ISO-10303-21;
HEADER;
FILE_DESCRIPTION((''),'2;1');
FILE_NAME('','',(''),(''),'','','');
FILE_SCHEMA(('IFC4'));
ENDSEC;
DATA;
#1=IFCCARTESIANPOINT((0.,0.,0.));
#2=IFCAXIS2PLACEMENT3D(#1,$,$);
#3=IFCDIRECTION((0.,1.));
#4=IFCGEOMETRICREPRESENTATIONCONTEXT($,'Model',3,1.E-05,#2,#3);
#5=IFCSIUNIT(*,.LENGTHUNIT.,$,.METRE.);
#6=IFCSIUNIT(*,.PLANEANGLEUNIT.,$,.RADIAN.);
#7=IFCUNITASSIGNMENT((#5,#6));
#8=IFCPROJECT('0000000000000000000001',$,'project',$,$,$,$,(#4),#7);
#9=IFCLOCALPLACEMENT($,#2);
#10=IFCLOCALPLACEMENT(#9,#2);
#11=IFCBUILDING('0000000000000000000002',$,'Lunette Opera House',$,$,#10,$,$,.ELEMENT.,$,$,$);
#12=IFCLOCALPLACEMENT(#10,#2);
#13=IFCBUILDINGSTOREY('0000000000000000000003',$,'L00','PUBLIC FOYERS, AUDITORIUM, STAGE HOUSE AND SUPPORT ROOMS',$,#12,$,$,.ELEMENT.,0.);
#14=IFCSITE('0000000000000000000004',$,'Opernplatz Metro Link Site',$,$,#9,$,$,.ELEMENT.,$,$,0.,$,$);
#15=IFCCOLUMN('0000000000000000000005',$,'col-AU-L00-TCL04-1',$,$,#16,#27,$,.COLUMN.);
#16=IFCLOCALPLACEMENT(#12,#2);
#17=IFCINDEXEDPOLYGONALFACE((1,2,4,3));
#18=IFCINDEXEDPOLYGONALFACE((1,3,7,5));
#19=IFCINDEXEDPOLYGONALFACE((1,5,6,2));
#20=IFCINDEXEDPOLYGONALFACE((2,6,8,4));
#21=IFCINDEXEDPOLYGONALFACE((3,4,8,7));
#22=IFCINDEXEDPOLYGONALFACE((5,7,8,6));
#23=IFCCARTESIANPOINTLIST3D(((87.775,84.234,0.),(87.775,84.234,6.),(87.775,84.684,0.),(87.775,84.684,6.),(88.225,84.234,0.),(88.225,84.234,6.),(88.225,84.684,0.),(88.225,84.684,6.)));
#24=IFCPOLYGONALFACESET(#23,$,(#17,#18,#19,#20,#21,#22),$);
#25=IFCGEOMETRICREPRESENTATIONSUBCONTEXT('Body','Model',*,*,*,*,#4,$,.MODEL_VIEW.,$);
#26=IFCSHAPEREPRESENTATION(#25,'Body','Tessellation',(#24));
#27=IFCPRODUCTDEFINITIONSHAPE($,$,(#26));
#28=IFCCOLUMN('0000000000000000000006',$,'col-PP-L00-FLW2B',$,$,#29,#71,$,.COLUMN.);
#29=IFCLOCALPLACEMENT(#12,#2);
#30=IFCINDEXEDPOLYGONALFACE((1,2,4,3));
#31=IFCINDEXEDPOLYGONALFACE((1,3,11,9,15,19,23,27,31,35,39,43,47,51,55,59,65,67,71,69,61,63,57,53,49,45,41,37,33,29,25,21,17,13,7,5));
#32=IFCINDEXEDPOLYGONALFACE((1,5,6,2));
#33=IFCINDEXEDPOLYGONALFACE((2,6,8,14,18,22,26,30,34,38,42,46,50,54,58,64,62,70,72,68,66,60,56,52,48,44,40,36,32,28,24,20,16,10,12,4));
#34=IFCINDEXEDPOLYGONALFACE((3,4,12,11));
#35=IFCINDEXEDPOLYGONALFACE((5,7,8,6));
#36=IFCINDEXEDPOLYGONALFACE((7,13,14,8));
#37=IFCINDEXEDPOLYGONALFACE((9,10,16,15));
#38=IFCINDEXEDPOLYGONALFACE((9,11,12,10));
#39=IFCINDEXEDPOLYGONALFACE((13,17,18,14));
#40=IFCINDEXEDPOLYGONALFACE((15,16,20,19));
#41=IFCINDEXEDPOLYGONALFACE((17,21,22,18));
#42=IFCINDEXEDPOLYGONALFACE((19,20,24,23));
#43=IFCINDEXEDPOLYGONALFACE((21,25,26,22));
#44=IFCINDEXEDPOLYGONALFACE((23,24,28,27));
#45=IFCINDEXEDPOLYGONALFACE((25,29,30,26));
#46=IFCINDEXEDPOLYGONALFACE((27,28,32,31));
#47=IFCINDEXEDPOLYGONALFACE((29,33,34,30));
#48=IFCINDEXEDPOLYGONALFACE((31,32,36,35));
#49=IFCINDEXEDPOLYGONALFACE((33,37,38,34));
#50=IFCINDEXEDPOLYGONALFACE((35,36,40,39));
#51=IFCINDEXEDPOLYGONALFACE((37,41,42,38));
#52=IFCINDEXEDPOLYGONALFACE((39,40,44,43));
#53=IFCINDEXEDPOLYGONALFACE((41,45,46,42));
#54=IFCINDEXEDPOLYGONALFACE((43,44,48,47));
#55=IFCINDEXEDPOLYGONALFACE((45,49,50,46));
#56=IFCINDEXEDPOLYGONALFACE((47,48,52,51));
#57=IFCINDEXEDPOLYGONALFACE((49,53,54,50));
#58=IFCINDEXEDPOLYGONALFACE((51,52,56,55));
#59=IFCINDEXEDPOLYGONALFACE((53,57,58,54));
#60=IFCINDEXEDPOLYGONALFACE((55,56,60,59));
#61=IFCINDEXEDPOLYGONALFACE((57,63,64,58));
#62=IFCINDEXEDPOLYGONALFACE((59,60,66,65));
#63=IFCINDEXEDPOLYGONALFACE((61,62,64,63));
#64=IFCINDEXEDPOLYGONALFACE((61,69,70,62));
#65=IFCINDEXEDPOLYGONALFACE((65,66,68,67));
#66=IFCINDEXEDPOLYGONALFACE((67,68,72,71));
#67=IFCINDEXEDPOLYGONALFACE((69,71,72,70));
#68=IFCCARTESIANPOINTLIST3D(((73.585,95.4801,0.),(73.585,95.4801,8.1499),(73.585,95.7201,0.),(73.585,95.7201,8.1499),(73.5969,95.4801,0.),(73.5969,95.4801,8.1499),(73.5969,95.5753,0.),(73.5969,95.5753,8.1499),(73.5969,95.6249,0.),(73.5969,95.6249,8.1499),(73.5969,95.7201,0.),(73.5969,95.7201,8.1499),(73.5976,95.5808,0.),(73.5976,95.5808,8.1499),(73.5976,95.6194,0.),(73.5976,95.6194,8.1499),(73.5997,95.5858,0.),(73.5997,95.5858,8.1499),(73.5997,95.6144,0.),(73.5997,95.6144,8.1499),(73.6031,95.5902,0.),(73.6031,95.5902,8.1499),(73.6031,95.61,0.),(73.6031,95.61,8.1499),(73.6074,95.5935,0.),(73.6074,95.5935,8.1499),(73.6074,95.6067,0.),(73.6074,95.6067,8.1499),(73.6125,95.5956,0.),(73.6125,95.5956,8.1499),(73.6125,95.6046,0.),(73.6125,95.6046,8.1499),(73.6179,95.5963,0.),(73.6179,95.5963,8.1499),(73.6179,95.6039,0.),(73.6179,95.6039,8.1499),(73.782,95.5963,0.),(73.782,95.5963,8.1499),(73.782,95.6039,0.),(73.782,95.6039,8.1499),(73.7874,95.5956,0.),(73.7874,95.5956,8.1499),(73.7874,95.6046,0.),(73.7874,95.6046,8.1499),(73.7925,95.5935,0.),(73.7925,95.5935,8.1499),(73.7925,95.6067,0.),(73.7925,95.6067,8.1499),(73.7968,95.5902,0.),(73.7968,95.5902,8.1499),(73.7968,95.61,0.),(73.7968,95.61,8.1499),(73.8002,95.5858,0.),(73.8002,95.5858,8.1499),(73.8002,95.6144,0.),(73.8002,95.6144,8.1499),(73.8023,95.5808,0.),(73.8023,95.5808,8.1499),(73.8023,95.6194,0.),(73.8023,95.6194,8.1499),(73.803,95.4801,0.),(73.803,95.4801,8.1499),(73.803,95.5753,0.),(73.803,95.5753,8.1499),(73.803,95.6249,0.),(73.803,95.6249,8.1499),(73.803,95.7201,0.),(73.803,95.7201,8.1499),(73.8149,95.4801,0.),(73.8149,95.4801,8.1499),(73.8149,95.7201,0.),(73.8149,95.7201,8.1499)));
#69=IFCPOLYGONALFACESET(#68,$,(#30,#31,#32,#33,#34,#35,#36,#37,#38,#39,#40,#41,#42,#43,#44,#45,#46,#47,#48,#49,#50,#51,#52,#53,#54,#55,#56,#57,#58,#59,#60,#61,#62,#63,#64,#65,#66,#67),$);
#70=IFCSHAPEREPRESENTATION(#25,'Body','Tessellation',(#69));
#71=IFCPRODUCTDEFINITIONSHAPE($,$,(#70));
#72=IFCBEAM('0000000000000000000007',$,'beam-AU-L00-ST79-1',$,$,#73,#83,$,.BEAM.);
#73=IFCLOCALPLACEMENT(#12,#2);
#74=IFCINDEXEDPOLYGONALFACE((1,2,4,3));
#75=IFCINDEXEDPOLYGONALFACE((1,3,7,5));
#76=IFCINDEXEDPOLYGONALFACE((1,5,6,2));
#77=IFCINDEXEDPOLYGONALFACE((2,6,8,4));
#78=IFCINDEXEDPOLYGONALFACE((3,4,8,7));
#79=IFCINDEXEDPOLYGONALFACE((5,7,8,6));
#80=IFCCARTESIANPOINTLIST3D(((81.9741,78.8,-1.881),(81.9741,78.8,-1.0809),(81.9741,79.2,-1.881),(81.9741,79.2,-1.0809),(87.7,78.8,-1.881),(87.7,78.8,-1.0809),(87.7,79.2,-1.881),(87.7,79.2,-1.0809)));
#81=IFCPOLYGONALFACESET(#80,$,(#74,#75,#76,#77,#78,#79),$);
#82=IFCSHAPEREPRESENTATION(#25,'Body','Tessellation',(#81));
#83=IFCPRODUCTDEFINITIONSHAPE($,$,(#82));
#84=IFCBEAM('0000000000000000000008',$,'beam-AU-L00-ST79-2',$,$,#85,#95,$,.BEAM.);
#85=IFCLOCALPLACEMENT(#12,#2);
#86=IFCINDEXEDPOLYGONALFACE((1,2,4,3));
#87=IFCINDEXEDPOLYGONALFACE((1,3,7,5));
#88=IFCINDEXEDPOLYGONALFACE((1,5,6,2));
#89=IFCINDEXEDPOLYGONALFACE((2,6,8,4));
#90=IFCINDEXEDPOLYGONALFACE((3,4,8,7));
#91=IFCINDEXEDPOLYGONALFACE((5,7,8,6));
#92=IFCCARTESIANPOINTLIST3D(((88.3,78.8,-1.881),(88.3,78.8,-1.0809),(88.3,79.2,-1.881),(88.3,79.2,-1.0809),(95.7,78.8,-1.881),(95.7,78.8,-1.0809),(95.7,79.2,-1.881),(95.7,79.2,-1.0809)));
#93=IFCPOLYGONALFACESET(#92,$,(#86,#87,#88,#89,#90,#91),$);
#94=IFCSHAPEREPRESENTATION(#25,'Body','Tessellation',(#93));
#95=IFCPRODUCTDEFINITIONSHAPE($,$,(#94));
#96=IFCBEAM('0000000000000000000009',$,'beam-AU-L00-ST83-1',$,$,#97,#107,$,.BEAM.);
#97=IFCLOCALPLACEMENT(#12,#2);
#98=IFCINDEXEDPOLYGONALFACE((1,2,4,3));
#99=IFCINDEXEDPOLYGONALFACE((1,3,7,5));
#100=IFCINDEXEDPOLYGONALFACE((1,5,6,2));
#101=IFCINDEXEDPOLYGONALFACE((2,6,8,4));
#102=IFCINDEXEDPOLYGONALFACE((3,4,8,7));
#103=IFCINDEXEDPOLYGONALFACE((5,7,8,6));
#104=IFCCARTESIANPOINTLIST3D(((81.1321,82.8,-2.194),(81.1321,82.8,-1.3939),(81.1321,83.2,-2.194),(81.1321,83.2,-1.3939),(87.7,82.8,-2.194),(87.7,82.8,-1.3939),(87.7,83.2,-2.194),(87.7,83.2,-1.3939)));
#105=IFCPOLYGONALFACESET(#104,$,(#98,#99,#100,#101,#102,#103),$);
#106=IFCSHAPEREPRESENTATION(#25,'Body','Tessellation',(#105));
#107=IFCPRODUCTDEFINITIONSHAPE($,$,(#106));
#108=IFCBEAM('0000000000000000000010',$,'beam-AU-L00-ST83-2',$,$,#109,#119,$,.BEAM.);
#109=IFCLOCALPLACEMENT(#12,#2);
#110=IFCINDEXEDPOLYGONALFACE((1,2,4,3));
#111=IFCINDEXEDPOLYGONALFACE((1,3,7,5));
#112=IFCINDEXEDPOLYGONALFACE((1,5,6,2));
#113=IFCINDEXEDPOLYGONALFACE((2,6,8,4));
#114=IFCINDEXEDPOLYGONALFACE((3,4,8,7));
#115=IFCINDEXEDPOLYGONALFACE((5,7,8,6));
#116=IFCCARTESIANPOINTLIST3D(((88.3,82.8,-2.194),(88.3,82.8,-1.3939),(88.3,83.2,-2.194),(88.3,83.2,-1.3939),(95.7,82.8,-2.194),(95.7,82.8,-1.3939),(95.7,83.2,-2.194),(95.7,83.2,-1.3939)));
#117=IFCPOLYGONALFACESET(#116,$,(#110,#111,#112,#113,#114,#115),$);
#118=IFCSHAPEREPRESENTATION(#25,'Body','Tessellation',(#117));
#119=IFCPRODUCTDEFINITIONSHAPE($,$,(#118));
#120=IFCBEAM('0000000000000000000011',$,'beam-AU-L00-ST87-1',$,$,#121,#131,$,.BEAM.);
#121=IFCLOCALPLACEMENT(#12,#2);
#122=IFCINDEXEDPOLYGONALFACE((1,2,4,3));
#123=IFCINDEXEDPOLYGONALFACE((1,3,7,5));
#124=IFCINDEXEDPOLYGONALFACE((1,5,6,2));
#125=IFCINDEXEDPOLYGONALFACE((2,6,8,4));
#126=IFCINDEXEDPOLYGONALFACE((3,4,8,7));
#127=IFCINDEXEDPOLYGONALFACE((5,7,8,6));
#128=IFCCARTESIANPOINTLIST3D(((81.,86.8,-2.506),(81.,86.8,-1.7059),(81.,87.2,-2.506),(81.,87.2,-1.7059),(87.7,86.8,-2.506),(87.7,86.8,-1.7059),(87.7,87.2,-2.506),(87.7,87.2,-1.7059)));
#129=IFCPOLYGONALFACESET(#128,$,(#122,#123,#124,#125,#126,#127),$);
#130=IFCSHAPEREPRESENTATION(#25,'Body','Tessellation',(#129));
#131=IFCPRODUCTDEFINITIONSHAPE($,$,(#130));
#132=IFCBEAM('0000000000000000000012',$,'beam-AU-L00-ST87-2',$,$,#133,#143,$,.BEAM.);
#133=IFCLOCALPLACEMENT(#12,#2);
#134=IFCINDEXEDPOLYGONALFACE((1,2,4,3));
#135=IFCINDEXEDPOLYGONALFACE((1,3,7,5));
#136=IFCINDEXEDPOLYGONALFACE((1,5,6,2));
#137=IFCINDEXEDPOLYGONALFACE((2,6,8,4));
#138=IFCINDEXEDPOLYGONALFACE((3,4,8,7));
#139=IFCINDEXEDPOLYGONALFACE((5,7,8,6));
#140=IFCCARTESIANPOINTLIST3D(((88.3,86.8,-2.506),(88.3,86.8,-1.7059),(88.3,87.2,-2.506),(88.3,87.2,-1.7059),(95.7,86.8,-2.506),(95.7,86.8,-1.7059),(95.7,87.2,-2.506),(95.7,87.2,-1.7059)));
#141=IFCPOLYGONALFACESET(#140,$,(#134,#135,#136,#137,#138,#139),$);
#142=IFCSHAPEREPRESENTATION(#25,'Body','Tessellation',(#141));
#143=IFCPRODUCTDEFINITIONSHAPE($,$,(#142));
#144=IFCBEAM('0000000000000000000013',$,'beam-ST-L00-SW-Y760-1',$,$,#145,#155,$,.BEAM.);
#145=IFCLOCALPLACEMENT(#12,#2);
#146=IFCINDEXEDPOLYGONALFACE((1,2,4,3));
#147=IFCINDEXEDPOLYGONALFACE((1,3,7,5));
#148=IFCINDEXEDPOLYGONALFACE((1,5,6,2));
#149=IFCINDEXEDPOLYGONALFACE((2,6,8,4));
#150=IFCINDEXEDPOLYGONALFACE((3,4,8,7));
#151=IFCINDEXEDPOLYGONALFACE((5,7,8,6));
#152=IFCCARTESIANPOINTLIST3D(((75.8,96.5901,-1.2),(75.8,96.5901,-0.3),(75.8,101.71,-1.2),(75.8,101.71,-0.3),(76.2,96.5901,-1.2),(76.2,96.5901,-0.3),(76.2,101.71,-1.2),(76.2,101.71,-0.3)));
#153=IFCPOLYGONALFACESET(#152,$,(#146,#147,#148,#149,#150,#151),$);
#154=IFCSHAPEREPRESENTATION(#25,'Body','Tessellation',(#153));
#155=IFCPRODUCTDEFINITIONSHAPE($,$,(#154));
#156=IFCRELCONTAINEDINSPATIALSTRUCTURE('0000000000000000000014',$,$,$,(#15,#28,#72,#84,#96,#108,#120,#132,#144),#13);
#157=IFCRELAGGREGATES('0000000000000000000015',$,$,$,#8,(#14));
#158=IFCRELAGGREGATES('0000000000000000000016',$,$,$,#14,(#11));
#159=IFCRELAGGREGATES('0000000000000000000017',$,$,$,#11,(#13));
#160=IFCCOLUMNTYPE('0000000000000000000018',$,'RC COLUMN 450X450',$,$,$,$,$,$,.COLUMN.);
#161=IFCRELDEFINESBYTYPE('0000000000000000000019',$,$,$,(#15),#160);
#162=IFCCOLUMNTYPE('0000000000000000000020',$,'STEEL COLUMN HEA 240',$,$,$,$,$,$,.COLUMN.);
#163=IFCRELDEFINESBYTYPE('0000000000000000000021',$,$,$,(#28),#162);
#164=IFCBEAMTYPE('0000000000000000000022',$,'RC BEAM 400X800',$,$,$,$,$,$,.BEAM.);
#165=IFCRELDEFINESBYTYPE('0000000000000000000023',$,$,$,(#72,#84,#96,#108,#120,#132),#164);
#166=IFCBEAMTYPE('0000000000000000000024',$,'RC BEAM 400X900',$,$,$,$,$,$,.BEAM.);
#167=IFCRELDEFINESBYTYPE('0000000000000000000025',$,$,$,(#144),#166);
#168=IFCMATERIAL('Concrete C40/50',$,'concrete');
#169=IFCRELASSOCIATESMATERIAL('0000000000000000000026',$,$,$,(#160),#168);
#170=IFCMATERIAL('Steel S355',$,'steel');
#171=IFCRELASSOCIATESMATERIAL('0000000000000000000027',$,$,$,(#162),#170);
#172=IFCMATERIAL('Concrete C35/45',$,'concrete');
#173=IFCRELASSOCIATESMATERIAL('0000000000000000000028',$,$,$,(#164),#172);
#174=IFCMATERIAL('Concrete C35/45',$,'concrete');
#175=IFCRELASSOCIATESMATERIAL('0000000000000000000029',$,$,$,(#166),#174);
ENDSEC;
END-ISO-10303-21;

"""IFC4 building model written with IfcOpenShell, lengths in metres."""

from ifc_helpers import new_model, si_unit, direction, frame, origin, origin_2d, place, context, subcontext, project, spatial, rectangle, i_section, extrude, material, material_profile, profile_set, type_object, element, save


model = new_model("IFC4")

# Units and contexts
model_context = context("Model", 3, precision=1e-05, world=origin(), true_north=direction((0.0, 1.0)))
body_context = subcontext(model_context, "Body", "Model", "MODEL_VIEW")
ifc_project = project(units=[si_unit("LENGTHUNIT", "METRE"), si_unit("PLANEANGLEUNIT", "RADIAN")], contexts=[model_context])

# Site, building, storey
site_placement = place(None, origin())
site = spatial("IfcSite", under=ifc_project, at=site_placement, Name="Opernplatz Metro Link Site", CompositionType="ELEMENT", RefElevation=0.0)
building_placement = place(site_placement, origin())
building = spatial("IfcBuilding", under=site, at=building_placement, Name="Lunette Opera House", CompositionType="ELEMENT")
storey_placement = place(building_placement, origin())
storey = spatial("IfcBuildingStorey", under=building, at=storey_placement, Name="L00", Description="PUBLIC FOYERS, AUDITORIUM, STAGE HOUSE AND SUPPORT ROOMS", CompositionType="ELEMENT", Elevation=0.0)

# Columns
ifc_material_1 = material(Name="Concrete C40/50", Category="concrete")
ifc_material_profile_1 = material_profile(ifc_material_1, rectangle(XDim=0.45, YDim=0.45, at=origin_2d()), Name="RC COLUMN 450X450")
ifc_profile_set_1 = profile_set([ifc_material_profile_1], Name="Concrete C40/50")
column_type_1 = type_object("IfcColumnType", Name="RC COLUMN 450X450", PredefinedType="COLUMN", material=ifc_profile_set_1)
column_1_placement = place(storey_placement, frame((88.0, 84.459, 0.0), z_axis=(0.0, 0.0, 1.0), x_axis=(1.0, 0.0, 0.0)))
element("IfcColumn", 1, at=column_1_placement, inside=storey, type_object=column_type_1, Name="col-AU-L00-TCL04-1", PredefinedType="COLUMN", context=body_context, shape_type="SweptSolid", body=[
    extrude(rectangle(XDim=0.45, YDim=0.45, at=origin_2d()), origin(), (0.0, 0.0, 1.0), 6.0),
])
ifc_material_2 = material(Name="Steel S355", Category="steel")
ifc_material_profile_2 = material_profile(ifc_material_2, i_section(OverallWidth=0.24, OverallDepth=0.23, WebThickness=0.0076, FlangeThickness=0.012, FilletRadius=0.021, at=origin_2d()), Name="HEA 240")
ifc_profile_set_2 = profile_set([ifc_material_profile_2], Name="Steel S355")
column_type_2 = type_object("IfcColumnType", Name="STEEL COLUMN HEA 240", PredefinedType="COLUMN", material=ifc_profile_set_2)
column_2_placement = place(storey_placement, frame((73.7, 95.6001, 0.0), z_axis=(0.0, 0.0, 1.0), x_axis=(0.0, 1.0, 0.0)))
element("IfcColumn", 2, at=column_2_placement, inside=storey, type_object=column_type_2, Name="col-PP-L00-FLW2B", PredefinedType="COLUMN", context=body_context, shape_type="SweptSolid", body=[
    extrude(i_section(OverallWidth=0.24, OverallDepth=0.23, WebThickness=0.0076, FlangeThickness=0.012, FilletRadius=0.021, at=origin_2d()), origin(), (0.0, 0.0, 1.0), 8.1499),
])

# Beams
ifc_material_3 = material(Name="Concrete C35/45", Category="concrete")
ifc_material_profile_3 = material_profile(ifc_material_3, rectangle(XDim=0.3999, YDim=0.8, at=origin_2d()), Name="RC BEAM 400X800")
ifc_profile_set_3 = profile_set([ifc_material_profile_3], Name="Concrete C35/45")
beam_type_1 = type_object("IfcBeamType", Name="RC BEAM 400X800", PredefinedType="BEAM", material=ifc_profile_set_3)
beam_1_placement = place(storey_placement, frame((81.9741, 79.0, -1.481), z_axis=(1.0, 0.0, 0.0), x_axis=(0.0, 1.0, 0.0)))
element("IfcBeam", 3, at=beam_1_placement, inside=storey, type_object=beam_type_1, Name="beam-AU-L00-ST79-1", PredefinedType="BEAM", context=body_context, shape_type="SweptSolid", body=[
    extrude(rectangle(XDim=0.3999, YDim=0.8, at=origin_2d()), origin(), (0.0, 0.0, 1.0), 5.7258),
])
beam_2_placement = place(storey_placement, frame((88.3, 79.0, -1.481), z_axis=(1.0, 0.0, 0.0), x_axis=(0.0, 1.0, 0.0)))
element("IfcBeam", 4, at=beam_2_placement, inside=storey, type_object=beam_type_1, Name="beam-AU-L00-ST79-2", PredefinedType="BEAM", context=body_context, shape_type="SweptSolid", body=[
    extrude(rectangle(XDim=0.3999, YDim=0.8, at=origin_2d()), origin(), (0.0, 0.0, 1.0), 7.3999),
])
beam_3_placement = place(storey_placement, frame((81.1321, 83.0, -1.7939), z_axis=(1.0, 0.0, 0.0), x_axis=(0.0, 1.0, 0.0)))
element("IfcBeam", 5, at=beam_3_placement, inside=storey, type_object=beam_type_1, Name="beam-AU-L00-ST83-1", PredefinedType="BEAM", context=body_context, shape_type="SweptSolid", body=[
    extrude(rectangle(XDim=0.3999, YDim=0.8, at=origin_2d()), origin(), (0.0, 0.0, 1.0), 6.5679),
])
beam_4_placement = place(storey_placement, frame((88.3, 83.0, -1.7939), z_axis=(1.0, 0.0, 0.0), x_axis=(0.0, 1.0, 0.0)))
element("IfcBeam", 6, at=beam_4_placement, inside=storey, type_object=beam_type_1, Name="beam-AU-L00-ST83-2", PredefinedType="BEAM", context=body_context, shape_type="SweptSolid", body=[
    extrude(rectangle(XDim=0.3999, YDim=0.8, at=origin_2d()), origin(), (0.0, 0.0, 1.0), 7.3999),
])
beam_5_placement = place(storey_placement, frame((81.0, 87.0, -2.106), z_axis=(1.0, 0.0, 0.0), x_axis=(0.0, 1.0, 0.0)))
element("IfcBeam", 7, at=beam_5_placement, inside=storey, type_object=beam_type_1, Name="beam-AU-L00-ST87-1", PredefinedType="BEAM", context=body_context, shape_type="SweptSolid", body=[
    extrude(rectangle(XDim=0.3999, YDim=0.8, at=origin_2d()), origin(), (0.0, 0.0, 1.0), 6.7),
])
beam_6_placement = place(storey_placement, frame((88.3, 87.0, -2.106), z_axis=(1.0, 0.0, 0.0), x_axis=(0.0, 1.0, 0.0)))
element("IfcBeam", 8, at=beam_6_placement, inside=storey, type_object=beam_type_1, Name="beam-AU-L00-ST87-2", PredefinedType="BEAM", context=body_context, shape_type="SweptSolid", body=[
    extrude(rectangle(XDim=0.3999, YDim=0.8, at=origin_2d()), origin(), (0.0, 0.0, 1.0), 7.3999),
])
ifc_material_4 = material(Name="Concrete C35/45", Category="concrete")
ifc_material_profile_4 = material_profile(ifc_material_4, rectangle(XDim=0.3999, YDim=0.8999, at=origin_2d()), Name="RC BEAM 400X900")
ifc_profile_set_4 = profile_set([ifc_material_profile_4], Name="Concrete C35/45")
beam_type_2 = type_object("IfcBeamType", Name="RC BEAM 400X900", PredefinedType="BEAM", material=ifc_profile_set_4)
beam_7_placement = place(storey_placement, frame((76.0, 96.5901, -0.75), z_axis=(0.0, 1.0, 0.0), x_axis=(-1.0, 0.0, 0.0)))
element("IfcBeam", 9, at=beam_7_placement, inside=storey, type_object=beam_type_2, Name="beam-ST-L00-SW-Y760-1", PredefinedType="BEAM", context=body_context, shape_type="SweptSolid", body=[
    extrude(rectangle(XDim=0.3999, YDim=0.8999, at=origin_2d()), origin(), (0.0, 0.0, 1.0), 5.1199),
])

save(model, "model.ifc")
